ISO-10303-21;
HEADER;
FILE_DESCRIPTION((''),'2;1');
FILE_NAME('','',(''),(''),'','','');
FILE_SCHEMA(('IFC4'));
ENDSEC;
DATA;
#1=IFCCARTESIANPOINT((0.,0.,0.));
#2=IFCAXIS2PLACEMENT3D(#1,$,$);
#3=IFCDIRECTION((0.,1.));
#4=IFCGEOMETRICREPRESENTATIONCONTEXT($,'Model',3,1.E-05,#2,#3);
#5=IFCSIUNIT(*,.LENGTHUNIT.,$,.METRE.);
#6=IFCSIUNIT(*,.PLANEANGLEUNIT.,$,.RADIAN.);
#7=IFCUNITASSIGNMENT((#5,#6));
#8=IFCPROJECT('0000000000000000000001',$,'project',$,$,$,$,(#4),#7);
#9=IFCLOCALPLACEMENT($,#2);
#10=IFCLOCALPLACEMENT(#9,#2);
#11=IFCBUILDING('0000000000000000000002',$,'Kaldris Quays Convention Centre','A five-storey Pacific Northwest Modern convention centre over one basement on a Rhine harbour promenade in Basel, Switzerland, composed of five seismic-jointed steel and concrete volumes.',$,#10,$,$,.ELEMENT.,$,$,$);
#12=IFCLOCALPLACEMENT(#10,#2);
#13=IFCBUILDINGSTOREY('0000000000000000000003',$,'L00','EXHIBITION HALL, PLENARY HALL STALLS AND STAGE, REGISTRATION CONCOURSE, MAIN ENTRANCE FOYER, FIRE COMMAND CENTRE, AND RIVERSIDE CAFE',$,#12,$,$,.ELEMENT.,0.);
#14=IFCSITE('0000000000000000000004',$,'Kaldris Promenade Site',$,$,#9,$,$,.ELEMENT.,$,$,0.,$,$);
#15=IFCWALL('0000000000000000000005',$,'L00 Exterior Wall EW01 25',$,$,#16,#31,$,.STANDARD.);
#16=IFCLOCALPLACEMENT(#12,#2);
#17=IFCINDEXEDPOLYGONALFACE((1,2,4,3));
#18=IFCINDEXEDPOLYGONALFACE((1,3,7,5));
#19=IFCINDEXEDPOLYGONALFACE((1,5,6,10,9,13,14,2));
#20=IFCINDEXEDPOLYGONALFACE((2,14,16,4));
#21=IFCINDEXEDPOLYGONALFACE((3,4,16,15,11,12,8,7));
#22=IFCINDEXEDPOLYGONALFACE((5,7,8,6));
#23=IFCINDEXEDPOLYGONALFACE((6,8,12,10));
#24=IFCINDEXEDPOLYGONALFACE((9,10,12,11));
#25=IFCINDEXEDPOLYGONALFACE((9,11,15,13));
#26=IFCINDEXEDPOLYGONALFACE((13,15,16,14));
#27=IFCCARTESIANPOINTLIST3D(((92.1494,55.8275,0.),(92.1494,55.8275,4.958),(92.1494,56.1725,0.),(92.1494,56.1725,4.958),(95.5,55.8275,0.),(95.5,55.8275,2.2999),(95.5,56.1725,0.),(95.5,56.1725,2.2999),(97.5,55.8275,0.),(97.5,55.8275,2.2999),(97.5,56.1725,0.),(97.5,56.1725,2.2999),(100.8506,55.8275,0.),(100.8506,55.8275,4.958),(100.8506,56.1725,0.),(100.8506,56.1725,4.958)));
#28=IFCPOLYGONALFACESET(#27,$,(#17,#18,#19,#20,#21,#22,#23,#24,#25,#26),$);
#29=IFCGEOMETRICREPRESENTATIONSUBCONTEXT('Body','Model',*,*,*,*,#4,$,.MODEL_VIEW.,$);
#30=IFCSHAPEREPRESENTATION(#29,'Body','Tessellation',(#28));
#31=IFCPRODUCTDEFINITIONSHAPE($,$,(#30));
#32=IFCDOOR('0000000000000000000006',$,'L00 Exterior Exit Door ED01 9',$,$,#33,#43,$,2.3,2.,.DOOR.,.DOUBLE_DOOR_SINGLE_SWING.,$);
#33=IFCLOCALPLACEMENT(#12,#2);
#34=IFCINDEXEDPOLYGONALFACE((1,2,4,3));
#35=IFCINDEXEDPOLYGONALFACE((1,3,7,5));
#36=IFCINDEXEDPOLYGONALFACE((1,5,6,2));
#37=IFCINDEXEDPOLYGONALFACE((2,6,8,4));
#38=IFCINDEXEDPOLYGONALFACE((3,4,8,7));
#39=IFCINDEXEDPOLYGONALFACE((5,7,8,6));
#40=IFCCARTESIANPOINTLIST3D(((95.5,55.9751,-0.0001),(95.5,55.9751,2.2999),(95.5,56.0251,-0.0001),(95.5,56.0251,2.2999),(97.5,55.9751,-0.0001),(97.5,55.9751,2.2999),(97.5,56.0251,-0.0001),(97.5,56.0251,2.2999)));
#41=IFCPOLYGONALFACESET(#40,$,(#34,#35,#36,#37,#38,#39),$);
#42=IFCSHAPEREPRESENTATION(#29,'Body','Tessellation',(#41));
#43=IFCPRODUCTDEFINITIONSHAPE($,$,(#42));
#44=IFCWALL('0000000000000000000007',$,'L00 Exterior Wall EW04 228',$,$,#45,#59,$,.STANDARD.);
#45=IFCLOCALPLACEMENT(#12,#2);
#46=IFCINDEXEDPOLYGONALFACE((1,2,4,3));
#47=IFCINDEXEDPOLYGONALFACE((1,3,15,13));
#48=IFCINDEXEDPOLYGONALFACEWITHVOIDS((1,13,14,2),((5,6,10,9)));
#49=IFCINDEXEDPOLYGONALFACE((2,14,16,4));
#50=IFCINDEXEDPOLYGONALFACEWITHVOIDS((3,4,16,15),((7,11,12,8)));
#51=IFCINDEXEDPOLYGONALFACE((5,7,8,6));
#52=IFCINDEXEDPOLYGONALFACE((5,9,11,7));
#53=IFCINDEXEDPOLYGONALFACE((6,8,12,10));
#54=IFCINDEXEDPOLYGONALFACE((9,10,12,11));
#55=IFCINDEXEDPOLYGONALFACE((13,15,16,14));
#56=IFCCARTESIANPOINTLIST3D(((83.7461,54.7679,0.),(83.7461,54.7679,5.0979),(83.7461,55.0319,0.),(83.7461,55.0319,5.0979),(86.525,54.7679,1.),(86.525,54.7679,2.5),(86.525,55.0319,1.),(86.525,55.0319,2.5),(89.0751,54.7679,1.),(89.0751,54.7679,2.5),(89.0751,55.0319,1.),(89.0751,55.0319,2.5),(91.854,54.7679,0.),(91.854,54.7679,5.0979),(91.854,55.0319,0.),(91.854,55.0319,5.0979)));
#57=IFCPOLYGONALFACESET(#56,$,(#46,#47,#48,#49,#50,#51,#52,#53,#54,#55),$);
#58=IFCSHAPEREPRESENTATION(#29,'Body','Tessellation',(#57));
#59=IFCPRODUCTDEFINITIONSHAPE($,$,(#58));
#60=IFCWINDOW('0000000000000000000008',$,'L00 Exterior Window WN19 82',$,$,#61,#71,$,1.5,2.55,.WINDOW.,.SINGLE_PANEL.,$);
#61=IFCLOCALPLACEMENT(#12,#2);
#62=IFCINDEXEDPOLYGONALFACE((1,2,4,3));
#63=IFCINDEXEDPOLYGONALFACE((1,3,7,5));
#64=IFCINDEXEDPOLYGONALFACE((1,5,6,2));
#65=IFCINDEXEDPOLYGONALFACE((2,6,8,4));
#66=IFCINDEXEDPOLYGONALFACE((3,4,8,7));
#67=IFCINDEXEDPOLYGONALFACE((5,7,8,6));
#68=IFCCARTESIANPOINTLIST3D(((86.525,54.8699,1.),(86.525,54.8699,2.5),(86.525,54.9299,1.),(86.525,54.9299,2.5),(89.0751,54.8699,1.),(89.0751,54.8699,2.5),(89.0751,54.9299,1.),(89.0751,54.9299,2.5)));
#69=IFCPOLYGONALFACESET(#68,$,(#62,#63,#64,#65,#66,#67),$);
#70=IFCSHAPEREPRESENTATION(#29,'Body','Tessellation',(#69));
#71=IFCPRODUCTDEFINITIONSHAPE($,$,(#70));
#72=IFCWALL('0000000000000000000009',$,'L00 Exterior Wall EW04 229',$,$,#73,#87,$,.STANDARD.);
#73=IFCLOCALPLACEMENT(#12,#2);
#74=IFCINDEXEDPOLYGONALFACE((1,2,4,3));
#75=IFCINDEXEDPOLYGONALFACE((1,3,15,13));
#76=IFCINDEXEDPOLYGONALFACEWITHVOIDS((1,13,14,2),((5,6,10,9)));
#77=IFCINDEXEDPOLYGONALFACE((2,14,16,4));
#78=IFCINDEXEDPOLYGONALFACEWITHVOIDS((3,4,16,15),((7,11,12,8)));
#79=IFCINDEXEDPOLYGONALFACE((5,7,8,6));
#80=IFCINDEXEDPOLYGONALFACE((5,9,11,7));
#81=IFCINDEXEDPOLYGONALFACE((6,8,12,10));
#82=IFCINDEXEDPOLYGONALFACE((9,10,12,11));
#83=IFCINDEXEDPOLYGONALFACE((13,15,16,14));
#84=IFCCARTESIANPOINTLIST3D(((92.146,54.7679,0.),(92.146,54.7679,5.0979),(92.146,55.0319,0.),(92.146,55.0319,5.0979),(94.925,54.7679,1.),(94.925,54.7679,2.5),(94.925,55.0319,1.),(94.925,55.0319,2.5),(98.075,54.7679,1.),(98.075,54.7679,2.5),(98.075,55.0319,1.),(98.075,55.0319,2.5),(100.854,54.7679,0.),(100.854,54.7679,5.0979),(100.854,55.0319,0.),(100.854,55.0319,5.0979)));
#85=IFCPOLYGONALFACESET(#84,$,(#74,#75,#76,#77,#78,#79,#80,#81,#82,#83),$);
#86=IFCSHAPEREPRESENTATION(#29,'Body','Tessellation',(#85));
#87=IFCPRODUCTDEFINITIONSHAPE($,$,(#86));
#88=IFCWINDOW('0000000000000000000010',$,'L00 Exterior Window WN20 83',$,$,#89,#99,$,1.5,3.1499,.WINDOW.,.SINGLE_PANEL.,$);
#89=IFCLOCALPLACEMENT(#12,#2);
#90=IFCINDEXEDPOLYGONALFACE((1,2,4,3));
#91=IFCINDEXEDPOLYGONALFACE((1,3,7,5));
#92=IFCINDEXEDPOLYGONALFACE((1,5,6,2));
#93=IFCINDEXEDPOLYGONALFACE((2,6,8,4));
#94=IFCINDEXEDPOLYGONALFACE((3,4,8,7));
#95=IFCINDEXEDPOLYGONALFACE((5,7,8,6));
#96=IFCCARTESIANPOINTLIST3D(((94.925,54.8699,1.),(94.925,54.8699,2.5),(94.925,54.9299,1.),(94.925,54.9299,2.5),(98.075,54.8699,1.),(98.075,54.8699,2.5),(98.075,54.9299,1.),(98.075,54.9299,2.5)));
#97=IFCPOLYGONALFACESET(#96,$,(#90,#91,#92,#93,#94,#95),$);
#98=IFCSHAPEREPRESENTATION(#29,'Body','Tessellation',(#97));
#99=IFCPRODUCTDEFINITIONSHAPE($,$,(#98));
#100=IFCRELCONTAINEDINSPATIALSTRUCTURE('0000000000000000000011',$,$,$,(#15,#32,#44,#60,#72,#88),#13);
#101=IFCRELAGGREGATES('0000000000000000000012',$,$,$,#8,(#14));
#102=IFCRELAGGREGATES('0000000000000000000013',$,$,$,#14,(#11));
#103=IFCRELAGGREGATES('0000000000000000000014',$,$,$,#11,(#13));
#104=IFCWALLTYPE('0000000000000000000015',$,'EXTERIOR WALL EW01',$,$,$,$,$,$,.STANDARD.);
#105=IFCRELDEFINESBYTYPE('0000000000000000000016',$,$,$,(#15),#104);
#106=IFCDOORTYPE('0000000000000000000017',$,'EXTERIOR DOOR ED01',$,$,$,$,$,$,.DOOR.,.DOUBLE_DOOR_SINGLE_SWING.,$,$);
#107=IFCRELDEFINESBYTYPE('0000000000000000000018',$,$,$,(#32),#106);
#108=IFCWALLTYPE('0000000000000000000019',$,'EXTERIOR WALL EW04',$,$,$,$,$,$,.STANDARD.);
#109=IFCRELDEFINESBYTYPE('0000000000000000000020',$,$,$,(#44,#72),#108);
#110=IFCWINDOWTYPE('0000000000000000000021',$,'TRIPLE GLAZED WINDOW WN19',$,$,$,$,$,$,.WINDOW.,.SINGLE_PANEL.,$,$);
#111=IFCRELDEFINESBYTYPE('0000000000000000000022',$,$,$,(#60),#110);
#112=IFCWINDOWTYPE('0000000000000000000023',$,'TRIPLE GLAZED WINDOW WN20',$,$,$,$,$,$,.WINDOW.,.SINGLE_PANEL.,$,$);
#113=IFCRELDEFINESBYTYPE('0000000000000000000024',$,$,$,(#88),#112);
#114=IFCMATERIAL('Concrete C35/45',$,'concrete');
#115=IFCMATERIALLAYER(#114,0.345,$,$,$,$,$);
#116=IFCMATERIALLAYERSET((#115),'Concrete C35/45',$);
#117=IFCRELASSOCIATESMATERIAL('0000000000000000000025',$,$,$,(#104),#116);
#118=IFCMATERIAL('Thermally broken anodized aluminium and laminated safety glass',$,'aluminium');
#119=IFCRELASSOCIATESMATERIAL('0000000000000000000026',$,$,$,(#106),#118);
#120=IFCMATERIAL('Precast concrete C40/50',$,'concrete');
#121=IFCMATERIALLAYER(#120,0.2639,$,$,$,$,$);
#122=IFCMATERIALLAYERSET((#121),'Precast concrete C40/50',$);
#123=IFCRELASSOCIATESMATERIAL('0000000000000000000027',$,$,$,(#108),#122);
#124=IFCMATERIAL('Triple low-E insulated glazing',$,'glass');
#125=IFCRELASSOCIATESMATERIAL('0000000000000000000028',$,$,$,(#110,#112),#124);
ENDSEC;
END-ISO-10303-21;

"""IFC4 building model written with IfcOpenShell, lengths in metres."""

from ifc_helpers import new_model, si_unit, direction, frame, frame_2d, origin, place, context, subcontext, project, spatial, rectangle, extrude, material, layer, layer_set, type_object, element, fill, save


model = new_model("IFC4")

# Units and contexts
model_context = context("Model", 3, precision=1e-05, world=origin(), true_north=direction((0.0, 1.0)))
body_context = subcontext(model_context, "Body", "Model", "MODEL_VIEW")
ifc_project = project(units=[si_unit("LENGTHUNIT", "METRE"), si_unit("PLANEANGLEUNIT", "RADIAN")], contexts=[model_context])

# Site, building, storey
site_placement = place(None, origin())
site = spatial("IfcSite", under=ifc_project, at=site_placement, Name="Kaldris Promenade Site", CompositionType="ELEMENT", RefElevation=0.0)
building_placement = place(site_placement, origin())
building = spatial("IfcBuilding", under=site, at=building_placement, Name="Kaldris Quays Convention Centre", Description="A five-storey Pacific Northwest Modern convention centre over one basement on a Rhine harbour promenade in Basel, Switzerland, composed of five seismic-jointed steel and concrete volumes.", CompositionType="ELEMENT")
storey_placement = place(building_placement, origin())
storey = spatial("IfcBuildingStorey", under=building, at=storey_placement, Name="L00", Description="EXHIBITION HALL, PLENARY HALL STALLS AND STAGE, REGISTRATION CONCOURSE, MAIN ENTRANCE FOYER, FIRE COMMAND CENTRE, AND RIVERSIDE CAFE", CompositionType="ELEMENT", Elevation=0.0)

# Shared definitions
ifc_material_1 = material(Name="Concrete C35/45", Category="concrete")
ifc_layer_1 = layer(ifc_material_1, 0.345)
ifc_layer_set_1 = layer_set([ifc_layer_1], Name="Concrete C35/45")
wall_type_1 = type_object("IfcWallType", Name="EXTERIOR WALL EW01", PredefinedType="STANDARD", material=ifc_layer_set_1)
ifc_material_2 = material(Name="Triple low-E insulated glazing", Category="glass")

# Wall, opening, door
wall_1_placement = place(storey_placement, frame((92.1494, 56.0, 0.0), z_axis=(0.0, 0.0, 1.0), x_axis=(1.0, 0.0, 0.0)))
wall_1 = element("IfcWall", 1, at=wall_1_placement, inside=storey, type_object=wall_type_1, Name="L00 Exterior Wall EW01 25", PredefinedType="STANDARD", context=body_context, shape_type="SweptSolid", body=[
    extrude(rectangle(XDim=8.7012, YDim=0.345, at=frame_2d((4.3506, 0.0))), origin(), (0.0, 0.0, 1.0), 4.958),
])
opening_1_placement = place(wall_1_placement, frame((3.3506, 0.0, 0.0)))
opening_1 = element("IfcOpeningElement", 2, at=opening_1_placement, cuts=wall_1, PredefinedType="OPENING", context=body_context, shape_type="SweptSolid", body=[
    extrude(rectangle(XDim=2.0, YDim=2.3, at=frame_2d((1.0, 1.1499))), frame((0.0, 0.1826, 0.0), z_axis=(0.0, -1.0, 0.0), x_axis=(1.0, 0.0, 0.0)), (0.0, 0.0, 1.0), 0.365),
])
ifc_material_3 = material(Name="Thermally broken anodized aluminium and laminated safety glass", Category="aluminium")
door_type = type_object("IfcDoorType", Name="EXTERIOR DOOR ED01", OperationType="DOUBLE_DOOR_SINGLE_SWING", PredefinedType="DOOR", material=ifc_material_3)
door_placement = place(opening_1_placement, frame((2.0, 0.0, 0.0), z_axis=(0.0, 0.0, 1.0), x_axis=(-1.0, 0.0, 0.0)))
door = element("IfcDoor", 3, at=door_placement, inside=storey, type_object=door_type, Name="L00 Exterior Exit Door ED01 9", OperationType="DOUBLE_DOOR_SINGLE_SWING", OverallHeight=2.3, OverallWidth=2.0, PredefinedType="DOOR", context=body_context, shape_type="SweptSolid", body=[
    extrude(rectangle(XDim=2.0, YDim=2.3, at=frame_2d((1.0, 1.1499))), frame((0.0, 0.0249, 0.0), z_axis=(0.0, -1.0, 0.0), x_axis=(1.0, 0.0, 0.0)), (0.0, 0.0, 1.0), 0.05),
])
fill(opening_1, door)

# Walls, openings, windows
ifc_material_4 = material(Name="Precast concrete C40/50", Category="concrete")
ifc_layer_2 = layer(ifc_material_4, 0.2639)
ifc_layer_set_2 = layer_set([ifc_layer_2], Name="Precast concrete C40/50")
wall_type_2 = type_object("IfcWallType", Name="EXTERIOR WALL EW04", PredefinedType="STANDARD", material=ifc_layer_set_2)
wall_2_placement = place(storey_placement, frame((83.7461, 54.8999, 0.0), z_axis=(0.0, 0.0, 1.0), x_axis=(1.0, 0.0, 0.0)))
wall_2 = element("IfcWall", 4, at=wall_2_placement, inside=storey, type_object=wall_type_2, Name="L00 Exterior Wall EW04 228", PredefinedType="STANDARD", context=body_context, shape_type="SweptSolid", body=[
    extrude(rectangle(XDim=8.1079, YDim=0.2639, at=frame_2d((4.054, 0.0))), origin(), (0.0, 0.0, 1.0), 5.0979),
])
opening_2_placement = place(wall_2_placement, frame((2.7791, 0.0, 1.0)))
opening_2 = element("IfcOpeningElement", 5, at=opening_2_placement, cuts=wall_2, PredefinedType="OPENING", context=body_context, shape_type="SweptSolid", body=[
    extrude(rectangle(XDim=2.55, YDim=1.5, at=frame_2d((1.2749, 0.75))), frame((0.0, 0.1421, 0.0), z_axis=(0.0, -1.0, 0.0), x_axis=(1.0, 0.0, 0.0)), (0.0, 0.0, 1.0), 0.2839),
])
window_type_1 = type_object("IfcWindowType", Name="TRIPLE GLAZED WINDOW WN19", PartitioningType="SINGLE_PANEL", PredefinedType="WINDOW", material=ifc_material_2)
window_1_placement = place(opening_2_placement, origin())
window_1 = element("IfcWindow", 6, at=window_1_placement, inside=storey, type_object=window_type_1, Name="L00 Exterior Window WN19 82", OverallHeight=1.5, OverallWidth=2.55, PartitioningType="SINGLE_PANEL", PredefinedType="WINDOW", context=body_context, shape_type="SweptSolid", body=[
    extrude(rectangle(XDim=2.55, YDim=1.5, at=frame_2d((1.2749, 0.75))), frame((0.0, 0.03, 0.0), z_axis=(0.0, -1.0, 0.0), x_axis=(1.0, 0.0, 0.0)), (0.0, 0.0, 1.0), 0.0601),
])
fill(opening_2, window_1)
wall_3_placement = place(storey_placement, frame((92.146, 54.8999, 0.0), z_axis=(0.0, 0.0, 1.0), x_axis=(1.0, 0.0, 0.0)))
wall_3 = element("IfcWall", 7, at=wall_3_placement, inside=storey, type_object=wall_type_2, Name="L00 Exterior Wall EW04 229", PredefinedType="STANDARD", context=body_context, shape_type="SweptSolid", body=[
    extrude(rectangle(XDim=8.708, YDim=0.2639, at=frame_2d((4.354, 0.0))), origin(), (0.0, 0.0, 1.0), 5.0979),
])
opening_3_placement = place(wall_3_placement, frame((2.7791, 0.0, 1.0)))
opening_3 = element("IfcOpeningElement", 8, at=opening_3_placement, cuts=wall_3, PredefinedType="OPENING", context=body_context, shape_type="SweptSolid", body=[
    extrude(rectangle(XDim=3.1499, YDim=1.5, at=frame_2d((1.575, 0.75))), frame((0.0, 0.1421, 0.0), z_axis=(0.0, -1.0, 0.0), x_axis=(1.0, 0.0, 0.0)), (0.0, 0.0, 1.0), 0.2839),
])
window_type_2 = type_object("IfcWindowType", Name="TRIPLE GLAZED WINDOW WN20", PartitioningType="SINGLE_PANEL", PredefinedType="WINDOW", material=ifc_material_2)
window_2_placement = place(opening_3_placement, origin())
window_2 = element("IfcWindow", 9, at=window_2_placement, inside=storey, type_object=window_type_2, Name="L00 Exterior Window WN20 83", OverallHeight=1.5, OverallWidth=3.1499, PartitioningType="SINGLE_PANEL", PredefinedType="WINDOW", context=body_context, shape_type="SweptSolid", body=[
    extrude(rectangle(XDim=3.1499, YDim=1.5, at=frame_2d((1.575, 0.75))), frame((0.0, 0.03, 0.0), z_axis=(0.0, -1.0, 0.0), x_axis=(1.0, 0.0, 0.0)), (0.0, 0.0, 1.0), 0.0601),
])
fill(opening_3, window_2)

save(model, "model.ifc")
